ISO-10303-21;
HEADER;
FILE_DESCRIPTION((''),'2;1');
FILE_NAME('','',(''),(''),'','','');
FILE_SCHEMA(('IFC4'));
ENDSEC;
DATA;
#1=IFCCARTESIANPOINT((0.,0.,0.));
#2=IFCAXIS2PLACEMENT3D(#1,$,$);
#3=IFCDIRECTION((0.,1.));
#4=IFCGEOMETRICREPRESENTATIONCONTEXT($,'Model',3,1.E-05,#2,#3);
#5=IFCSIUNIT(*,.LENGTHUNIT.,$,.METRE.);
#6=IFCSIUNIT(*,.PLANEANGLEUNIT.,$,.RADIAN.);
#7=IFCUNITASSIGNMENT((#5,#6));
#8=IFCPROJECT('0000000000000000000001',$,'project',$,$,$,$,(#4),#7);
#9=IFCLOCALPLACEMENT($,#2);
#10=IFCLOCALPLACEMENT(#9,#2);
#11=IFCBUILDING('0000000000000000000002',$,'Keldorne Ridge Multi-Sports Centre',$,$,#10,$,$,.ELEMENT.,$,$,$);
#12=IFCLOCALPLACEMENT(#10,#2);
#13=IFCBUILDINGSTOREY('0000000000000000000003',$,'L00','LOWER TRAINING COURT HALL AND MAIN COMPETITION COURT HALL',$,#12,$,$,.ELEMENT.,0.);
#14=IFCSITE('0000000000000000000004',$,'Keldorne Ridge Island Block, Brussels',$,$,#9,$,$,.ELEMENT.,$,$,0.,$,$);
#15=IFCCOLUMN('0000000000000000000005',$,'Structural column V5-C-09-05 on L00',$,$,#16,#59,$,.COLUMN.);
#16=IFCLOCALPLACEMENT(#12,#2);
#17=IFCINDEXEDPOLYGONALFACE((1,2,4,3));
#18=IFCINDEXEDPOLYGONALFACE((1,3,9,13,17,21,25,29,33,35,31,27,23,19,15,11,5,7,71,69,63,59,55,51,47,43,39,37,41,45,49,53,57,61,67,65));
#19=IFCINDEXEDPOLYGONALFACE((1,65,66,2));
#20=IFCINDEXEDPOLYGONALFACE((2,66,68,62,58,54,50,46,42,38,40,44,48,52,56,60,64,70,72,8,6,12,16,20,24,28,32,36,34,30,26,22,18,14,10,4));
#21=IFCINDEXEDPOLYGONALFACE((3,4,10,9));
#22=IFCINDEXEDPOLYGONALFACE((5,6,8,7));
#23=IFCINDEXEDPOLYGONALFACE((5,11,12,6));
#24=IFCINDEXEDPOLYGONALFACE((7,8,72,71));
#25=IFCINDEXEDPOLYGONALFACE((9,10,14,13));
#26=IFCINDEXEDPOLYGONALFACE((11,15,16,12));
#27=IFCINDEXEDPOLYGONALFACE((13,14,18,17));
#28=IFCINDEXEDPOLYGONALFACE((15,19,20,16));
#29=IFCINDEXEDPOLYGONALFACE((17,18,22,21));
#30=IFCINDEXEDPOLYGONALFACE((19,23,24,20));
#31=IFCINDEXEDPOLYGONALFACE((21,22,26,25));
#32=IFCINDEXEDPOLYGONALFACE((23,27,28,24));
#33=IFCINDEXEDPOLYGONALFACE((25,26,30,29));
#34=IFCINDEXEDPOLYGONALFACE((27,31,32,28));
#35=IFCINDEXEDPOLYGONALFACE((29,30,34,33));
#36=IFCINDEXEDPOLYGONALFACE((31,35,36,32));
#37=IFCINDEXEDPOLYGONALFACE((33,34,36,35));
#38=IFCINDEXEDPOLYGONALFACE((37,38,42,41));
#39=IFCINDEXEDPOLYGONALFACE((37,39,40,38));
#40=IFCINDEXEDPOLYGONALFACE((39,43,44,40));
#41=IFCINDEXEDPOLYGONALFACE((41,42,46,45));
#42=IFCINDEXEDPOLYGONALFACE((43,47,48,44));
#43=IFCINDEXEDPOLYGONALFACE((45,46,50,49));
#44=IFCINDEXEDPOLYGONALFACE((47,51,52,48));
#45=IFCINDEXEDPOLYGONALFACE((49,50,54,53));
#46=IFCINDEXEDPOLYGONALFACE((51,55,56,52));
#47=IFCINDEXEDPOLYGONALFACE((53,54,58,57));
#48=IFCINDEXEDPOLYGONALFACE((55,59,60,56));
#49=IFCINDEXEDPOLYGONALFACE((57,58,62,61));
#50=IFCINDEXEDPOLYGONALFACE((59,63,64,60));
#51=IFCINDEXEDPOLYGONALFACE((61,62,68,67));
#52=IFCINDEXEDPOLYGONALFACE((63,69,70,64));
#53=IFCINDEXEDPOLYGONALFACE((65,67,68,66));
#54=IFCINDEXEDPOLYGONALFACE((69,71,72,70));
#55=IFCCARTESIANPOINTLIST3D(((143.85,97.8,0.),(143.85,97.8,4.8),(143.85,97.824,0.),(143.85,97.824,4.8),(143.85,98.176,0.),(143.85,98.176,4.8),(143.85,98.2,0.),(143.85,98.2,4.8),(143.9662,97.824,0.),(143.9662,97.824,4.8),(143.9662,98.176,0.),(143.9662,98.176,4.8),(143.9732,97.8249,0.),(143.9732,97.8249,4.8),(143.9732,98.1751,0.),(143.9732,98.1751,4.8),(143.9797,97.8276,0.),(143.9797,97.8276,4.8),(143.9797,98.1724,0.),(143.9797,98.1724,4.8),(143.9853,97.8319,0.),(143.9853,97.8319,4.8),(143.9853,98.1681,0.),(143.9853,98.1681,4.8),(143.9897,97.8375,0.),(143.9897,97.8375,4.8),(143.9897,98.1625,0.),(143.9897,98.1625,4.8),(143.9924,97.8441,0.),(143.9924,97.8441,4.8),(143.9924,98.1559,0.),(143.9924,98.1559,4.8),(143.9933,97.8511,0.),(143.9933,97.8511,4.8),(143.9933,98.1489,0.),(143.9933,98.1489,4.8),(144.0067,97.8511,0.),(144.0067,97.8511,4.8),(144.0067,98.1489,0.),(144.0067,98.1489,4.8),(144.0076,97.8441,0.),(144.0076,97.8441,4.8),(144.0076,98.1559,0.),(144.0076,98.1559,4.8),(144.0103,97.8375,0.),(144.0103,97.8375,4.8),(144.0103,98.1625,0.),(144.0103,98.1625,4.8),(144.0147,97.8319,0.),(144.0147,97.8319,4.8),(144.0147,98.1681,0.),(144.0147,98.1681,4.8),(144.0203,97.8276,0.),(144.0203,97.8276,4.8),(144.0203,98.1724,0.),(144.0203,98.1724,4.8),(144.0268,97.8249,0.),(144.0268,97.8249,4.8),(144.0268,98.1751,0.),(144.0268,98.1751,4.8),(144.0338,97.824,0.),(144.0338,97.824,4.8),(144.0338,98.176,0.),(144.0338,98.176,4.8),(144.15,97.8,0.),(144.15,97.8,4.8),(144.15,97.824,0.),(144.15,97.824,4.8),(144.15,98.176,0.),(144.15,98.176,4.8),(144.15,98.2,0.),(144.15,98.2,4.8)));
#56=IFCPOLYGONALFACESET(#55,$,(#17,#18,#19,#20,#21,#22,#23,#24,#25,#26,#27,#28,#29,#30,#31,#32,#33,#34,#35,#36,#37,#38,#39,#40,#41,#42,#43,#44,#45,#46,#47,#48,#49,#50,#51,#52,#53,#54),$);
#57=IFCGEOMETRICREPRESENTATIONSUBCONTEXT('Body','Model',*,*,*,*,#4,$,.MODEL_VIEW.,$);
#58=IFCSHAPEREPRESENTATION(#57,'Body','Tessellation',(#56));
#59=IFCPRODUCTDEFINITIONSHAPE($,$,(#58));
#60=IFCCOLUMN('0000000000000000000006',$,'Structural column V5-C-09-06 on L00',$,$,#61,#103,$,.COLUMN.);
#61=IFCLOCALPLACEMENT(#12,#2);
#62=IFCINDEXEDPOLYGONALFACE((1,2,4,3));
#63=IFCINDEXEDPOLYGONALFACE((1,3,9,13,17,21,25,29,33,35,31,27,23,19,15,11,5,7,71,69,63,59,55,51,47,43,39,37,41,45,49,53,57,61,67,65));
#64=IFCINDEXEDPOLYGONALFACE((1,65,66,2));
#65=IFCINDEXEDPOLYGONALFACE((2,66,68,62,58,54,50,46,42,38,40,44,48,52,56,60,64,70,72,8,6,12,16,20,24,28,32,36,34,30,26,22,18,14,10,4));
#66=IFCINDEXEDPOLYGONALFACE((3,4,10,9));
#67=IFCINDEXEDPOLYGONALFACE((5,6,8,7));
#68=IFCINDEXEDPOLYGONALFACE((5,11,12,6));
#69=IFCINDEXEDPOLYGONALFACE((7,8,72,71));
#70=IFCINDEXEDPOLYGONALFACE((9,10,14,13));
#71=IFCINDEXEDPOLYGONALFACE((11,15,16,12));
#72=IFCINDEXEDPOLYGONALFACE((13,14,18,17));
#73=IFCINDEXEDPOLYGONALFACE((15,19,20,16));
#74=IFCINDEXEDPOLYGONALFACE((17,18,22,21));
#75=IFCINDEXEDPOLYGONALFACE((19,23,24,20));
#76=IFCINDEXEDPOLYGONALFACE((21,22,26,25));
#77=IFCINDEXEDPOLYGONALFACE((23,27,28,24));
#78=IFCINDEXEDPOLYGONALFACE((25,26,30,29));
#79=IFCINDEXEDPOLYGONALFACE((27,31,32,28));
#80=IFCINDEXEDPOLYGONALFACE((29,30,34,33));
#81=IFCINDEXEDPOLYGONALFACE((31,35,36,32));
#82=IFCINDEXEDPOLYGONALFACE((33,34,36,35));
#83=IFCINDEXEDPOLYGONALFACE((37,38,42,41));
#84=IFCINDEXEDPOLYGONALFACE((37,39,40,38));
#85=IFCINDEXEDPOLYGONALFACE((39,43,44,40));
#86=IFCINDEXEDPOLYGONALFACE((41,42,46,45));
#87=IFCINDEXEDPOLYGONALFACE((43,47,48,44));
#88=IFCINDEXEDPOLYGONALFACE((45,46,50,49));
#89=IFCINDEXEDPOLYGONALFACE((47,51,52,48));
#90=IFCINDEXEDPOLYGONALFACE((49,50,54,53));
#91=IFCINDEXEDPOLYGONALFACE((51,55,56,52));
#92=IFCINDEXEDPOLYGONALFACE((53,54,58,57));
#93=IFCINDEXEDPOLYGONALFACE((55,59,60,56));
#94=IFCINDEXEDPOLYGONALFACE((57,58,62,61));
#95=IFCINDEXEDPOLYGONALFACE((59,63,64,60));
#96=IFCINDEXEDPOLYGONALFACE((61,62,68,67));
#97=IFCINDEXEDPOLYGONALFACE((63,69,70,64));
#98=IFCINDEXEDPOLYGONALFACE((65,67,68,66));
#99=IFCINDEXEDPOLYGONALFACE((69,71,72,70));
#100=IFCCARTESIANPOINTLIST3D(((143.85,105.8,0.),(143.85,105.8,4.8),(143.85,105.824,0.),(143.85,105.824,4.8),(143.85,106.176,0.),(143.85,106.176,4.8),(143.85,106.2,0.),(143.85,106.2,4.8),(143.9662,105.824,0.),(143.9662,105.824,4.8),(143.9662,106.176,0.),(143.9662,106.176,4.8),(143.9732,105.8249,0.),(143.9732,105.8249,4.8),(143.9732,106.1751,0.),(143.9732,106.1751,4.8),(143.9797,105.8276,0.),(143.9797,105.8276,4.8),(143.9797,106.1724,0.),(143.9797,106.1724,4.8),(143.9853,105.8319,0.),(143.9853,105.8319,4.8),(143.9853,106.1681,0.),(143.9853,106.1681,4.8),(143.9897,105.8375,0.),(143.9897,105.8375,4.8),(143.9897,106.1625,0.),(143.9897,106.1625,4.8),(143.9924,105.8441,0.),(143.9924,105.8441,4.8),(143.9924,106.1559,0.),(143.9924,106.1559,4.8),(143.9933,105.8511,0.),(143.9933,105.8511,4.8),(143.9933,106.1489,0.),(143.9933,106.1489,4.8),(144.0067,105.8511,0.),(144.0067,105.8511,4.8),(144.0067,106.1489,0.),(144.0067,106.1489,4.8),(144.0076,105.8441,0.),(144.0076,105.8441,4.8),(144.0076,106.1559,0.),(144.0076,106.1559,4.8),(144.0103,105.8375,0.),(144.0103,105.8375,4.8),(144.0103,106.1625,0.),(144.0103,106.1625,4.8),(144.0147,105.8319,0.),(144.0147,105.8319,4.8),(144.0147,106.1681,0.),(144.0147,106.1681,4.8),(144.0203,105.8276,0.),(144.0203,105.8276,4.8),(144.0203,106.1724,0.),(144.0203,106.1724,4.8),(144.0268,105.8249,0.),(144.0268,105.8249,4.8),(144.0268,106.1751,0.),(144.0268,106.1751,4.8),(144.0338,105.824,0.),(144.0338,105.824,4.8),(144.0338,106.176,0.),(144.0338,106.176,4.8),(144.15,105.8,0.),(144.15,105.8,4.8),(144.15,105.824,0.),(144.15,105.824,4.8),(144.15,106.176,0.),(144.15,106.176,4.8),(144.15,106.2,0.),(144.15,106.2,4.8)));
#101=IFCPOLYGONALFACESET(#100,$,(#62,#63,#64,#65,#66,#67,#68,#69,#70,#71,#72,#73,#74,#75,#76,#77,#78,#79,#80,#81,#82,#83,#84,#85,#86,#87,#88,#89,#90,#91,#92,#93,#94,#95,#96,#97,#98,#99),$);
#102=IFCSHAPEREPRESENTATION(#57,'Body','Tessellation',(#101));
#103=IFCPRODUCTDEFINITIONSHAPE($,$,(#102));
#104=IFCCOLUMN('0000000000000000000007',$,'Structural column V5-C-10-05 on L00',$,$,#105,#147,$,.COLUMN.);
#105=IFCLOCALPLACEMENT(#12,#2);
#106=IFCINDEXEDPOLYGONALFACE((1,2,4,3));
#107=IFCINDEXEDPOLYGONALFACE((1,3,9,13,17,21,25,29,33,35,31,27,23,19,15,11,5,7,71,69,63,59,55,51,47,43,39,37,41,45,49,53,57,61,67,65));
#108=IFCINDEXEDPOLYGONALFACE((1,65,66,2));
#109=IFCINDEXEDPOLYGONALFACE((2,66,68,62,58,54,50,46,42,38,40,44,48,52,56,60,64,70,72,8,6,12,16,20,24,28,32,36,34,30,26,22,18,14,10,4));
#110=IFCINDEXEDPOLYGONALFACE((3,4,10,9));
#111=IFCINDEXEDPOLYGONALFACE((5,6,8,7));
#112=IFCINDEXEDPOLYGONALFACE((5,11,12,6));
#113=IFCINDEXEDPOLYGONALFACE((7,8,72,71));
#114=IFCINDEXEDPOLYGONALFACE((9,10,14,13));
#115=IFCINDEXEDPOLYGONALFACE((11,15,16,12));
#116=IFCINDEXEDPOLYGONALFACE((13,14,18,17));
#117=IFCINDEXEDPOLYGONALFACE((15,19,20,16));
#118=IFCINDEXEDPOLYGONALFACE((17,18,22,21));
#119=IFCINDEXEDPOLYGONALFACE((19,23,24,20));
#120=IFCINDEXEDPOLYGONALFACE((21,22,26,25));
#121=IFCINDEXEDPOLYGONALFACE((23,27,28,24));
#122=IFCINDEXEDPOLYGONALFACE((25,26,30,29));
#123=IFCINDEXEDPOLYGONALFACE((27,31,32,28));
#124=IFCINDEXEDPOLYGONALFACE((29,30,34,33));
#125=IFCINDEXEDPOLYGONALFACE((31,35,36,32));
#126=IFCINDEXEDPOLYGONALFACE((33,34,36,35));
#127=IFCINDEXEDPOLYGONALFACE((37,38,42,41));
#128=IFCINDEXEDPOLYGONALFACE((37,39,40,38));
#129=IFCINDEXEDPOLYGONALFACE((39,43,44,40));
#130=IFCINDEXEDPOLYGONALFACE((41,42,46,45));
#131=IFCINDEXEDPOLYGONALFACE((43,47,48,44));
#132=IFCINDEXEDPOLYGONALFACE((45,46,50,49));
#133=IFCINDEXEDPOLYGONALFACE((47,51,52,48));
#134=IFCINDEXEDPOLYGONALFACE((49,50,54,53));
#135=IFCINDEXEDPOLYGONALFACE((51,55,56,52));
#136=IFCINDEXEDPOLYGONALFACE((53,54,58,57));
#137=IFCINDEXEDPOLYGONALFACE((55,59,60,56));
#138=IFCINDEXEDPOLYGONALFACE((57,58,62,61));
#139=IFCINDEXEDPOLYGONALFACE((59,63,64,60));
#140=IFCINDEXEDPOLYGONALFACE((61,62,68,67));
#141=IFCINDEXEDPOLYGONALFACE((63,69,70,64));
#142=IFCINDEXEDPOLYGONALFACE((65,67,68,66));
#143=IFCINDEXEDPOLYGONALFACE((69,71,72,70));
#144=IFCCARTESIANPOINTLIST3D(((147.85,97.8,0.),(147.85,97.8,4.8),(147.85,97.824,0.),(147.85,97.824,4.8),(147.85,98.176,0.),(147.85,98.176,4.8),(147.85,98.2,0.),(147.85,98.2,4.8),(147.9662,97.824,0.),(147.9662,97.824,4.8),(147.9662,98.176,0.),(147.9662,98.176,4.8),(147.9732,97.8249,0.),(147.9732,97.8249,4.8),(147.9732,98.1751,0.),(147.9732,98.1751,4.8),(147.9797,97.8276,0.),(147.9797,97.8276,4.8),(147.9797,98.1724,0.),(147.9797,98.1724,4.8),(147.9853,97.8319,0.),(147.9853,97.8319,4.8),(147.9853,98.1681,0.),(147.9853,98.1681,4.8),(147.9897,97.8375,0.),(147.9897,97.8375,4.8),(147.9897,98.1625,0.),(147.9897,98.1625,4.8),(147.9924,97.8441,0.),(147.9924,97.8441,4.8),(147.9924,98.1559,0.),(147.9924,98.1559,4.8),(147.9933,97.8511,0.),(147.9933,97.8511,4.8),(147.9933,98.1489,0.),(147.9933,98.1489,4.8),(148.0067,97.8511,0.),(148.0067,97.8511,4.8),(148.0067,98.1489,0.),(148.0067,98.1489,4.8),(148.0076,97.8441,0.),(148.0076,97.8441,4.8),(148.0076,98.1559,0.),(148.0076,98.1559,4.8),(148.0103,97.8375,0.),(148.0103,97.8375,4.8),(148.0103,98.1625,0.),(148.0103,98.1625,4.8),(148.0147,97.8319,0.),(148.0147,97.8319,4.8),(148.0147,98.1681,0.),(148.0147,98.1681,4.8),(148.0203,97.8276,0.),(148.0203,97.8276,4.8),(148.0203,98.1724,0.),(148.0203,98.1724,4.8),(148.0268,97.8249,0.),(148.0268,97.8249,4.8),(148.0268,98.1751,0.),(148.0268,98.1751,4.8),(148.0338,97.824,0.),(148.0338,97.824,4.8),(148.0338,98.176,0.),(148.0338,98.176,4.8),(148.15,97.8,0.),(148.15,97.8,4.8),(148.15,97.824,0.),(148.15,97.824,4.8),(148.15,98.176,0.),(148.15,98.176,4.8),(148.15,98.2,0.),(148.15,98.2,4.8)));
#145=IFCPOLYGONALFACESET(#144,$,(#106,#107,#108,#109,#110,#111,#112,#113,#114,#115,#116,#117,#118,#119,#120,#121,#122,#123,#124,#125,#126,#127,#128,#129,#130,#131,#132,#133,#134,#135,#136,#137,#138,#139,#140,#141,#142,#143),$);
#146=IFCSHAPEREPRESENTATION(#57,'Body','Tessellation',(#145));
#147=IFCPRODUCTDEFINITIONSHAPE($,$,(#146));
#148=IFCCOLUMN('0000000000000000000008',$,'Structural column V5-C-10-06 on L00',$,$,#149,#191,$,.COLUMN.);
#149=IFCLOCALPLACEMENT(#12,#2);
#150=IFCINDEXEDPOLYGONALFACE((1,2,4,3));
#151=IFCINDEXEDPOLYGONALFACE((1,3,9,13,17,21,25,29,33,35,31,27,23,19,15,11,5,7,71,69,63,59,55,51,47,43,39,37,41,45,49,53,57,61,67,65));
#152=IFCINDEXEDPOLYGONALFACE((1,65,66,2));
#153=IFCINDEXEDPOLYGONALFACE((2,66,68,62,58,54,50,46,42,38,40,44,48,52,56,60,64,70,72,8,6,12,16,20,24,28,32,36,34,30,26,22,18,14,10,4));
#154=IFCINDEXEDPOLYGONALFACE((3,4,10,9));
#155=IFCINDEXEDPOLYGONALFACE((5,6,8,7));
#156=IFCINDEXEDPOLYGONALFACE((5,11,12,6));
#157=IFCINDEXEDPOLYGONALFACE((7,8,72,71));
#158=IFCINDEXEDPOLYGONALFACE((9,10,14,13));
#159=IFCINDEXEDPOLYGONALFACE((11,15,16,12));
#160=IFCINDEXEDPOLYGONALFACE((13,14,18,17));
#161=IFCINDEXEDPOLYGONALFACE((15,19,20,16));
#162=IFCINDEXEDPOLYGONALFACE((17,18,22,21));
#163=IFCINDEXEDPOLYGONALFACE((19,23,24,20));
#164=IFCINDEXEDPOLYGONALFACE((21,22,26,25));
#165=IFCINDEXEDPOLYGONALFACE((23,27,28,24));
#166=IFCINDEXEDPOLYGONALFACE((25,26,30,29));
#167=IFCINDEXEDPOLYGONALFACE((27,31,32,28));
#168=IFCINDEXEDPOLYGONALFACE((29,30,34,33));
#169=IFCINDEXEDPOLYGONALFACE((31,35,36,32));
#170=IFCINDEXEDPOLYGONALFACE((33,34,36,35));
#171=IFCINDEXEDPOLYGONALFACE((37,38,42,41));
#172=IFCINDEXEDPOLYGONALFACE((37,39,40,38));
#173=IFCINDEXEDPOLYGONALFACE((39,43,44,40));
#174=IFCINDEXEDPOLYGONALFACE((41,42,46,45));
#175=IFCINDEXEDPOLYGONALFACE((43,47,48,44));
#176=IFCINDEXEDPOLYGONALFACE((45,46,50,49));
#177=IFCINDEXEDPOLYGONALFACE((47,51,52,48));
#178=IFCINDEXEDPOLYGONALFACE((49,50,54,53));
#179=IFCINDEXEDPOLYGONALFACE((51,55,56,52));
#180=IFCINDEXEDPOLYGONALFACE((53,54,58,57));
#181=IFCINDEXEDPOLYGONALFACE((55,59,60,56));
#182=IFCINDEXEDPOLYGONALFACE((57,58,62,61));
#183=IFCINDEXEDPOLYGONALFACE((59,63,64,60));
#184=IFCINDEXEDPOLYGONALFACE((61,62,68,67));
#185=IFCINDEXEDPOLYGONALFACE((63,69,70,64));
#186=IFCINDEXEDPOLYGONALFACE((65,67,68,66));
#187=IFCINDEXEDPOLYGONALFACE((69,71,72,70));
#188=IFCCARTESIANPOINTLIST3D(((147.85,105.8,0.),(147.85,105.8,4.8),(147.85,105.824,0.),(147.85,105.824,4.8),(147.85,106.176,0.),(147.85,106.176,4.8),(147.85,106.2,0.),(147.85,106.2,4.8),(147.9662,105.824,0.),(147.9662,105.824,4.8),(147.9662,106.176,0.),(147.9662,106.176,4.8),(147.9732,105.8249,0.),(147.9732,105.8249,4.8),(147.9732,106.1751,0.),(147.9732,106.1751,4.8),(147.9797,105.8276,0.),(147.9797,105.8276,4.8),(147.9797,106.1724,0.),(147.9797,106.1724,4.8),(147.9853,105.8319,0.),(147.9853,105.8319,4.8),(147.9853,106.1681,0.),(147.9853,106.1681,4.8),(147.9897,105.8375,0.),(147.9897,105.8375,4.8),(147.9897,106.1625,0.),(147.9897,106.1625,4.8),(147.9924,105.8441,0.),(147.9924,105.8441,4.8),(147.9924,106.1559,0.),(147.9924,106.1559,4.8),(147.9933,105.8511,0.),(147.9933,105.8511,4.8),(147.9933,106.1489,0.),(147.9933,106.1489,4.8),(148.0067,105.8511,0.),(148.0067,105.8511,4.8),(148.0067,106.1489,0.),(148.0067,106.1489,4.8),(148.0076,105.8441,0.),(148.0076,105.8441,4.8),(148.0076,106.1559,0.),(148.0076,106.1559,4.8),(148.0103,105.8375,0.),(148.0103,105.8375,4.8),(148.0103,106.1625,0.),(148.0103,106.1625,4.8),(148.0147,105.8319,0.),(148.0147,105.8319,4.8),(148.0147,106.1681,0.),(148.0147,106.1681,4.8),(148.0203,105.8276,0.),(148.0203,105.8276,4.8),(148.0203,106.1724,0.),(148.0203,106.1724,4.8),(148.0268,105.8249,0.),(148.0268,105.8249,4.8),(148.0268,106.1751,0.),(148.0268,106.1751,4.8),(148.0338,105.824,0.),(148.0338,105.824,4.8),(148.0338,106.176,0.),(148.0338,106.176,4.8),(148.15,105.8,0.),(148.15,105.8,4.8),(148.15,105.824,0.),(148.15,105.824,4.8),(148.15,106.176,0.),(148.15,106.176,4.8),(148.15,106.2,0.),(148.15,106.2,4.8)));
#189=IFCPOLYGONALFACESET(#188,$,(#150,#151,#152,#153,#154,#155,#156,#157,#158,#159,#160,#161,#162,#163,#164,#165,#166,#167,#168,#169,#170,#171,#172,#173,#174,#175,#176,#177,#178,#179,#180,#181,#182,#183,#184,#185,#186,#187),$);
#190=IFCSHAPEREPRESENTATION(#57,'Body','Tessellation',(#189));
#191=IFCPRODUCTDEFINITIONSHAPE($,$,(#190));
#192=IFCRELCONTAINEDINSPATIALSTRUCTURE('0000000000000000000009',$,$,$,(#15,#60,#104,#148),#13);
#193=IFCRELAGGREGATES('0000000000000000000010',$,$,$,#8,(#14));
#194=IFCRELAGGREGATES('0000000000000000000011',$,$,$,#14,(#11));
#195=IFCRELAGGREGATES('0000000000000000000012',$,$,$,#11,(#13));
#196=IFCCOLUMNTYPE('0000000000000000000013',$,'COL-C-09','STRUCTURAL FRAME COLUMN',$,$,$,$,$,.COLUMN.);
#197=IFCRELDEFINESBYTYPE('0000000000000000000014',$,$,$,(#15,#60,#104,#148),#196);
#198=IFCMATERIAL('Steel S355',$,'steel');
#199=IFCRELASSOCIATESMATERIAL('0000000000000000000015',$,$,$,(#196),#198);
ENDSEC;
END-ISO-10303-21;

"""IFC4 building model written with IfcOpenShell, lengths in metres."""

from ifc_helpers import new_model, si_unit, direction, frame, origin, origin_2d, place, context, subcontext, project, spatial, i_section, extrude, material, material_profile, profile_set, type_object, element, save


model = new_model("IFC4")

# Units and contexts
model_context = context("Model", 3, precision=1e-05, world=origin(), true_north=direction((0.0, 1.0)))
body_context = subcontext(model_context, "Body", "Model", "MODEL_VIEW")
ifc_project = project(units=[si_unit("LENGTHUNIT", "METRE"), si_unit("PLANEANGLEUNIT", "RADIAN")], contexts=[model_context])

# Site, building, storey
site_placement = place(None, origin())
site = spatial("IfcSite", under=ifc_project, at=site_placement, Name="Keldorne Ridge Island Block, Brussels", CompositionType="ELEMENT", RefElevation=0.0)
building_placement = place(site_placement, origin())
building = spatial("IfcBuilding", under=site, at=building_placement, Name="Keldorne Ridge Multi-Sports Centre", CompositionType="ELEMENT")
storey_placement = place(building_placement, origin())
storey = spatial("IfcBuildingStorey", under=building, at=storey_placement, Name="L00", Description="LOWER TRAINING COURT HALL AND MAIN COMPETITION COURT HALL", CompositionType="ELEMENT", Elevation=0.0)

# Columns
ifc_material_1 = material(Name="Steel S355", Category="steel")
ifc_material_profile_1 = material_profile(ifc_material_1, i_section(OverallWidth=0.3, OverallDepth=0.3999, WebThickness=0.0134, FlangeThickness=0.0239, FilletRadius=0.0271, at=origin_2d()), Name="HEB 400")
ifc_profile_set_1 = profile_set([ifc_material_profile_1], Name="Steel S355")
column_type = type_object("IfcColumnType", Name="COL-C-09", Description="STRUCTURAL FRAME COLUMN", PredefinedType="COLUMN", material=ifc_profile_set_1)
for number, where, z_axis, x_axis, name in (
    (1, (144.0, 98.0, 0.0), (0.0, 0.0, 1.0), (1.0, 0.0, 0.0), "Structural column V5-C-09-05 on L00"),
    (2, (144.0, 106.0, 0.0), (0.0, 0.0, 1.0), (1.0, 0.0, 0.0), "Structural column V5-C-09-06 on L00"),
    (3, (148.0, 98.0, 0.0), (0.0, 0.0, 1.0), (1.0, 0.0, 0.0), "Structural column V5-C-10-05 on L00"),
    (4, (148.0, 106.0, 0.0), (0.0, 0.0, 1.0), (1.0, 0.0, 0.0), "Structural column V5-C-10-06 on L00"),
):
    element("IfcColumn", number, at=place(storey_placement, frame(where, z_axis=z_axis, x_axis=x_axis)), inside=storey, type_object=column_type, Name=name, PredefinedType="COLUMN", context=body_context, shape_type="SweptSolid", body=[
        extrude(i_section(OverallWidth=0.3, OverallDepth=0.3999, WebThickness=0.0134, FlangeThickness=0.0239, FilletRadius=0.0271, at=origin_2d()), origin(), (0.0, 0.0, 1.0), 4.8),
    ])

save(model, "model.ifc")
